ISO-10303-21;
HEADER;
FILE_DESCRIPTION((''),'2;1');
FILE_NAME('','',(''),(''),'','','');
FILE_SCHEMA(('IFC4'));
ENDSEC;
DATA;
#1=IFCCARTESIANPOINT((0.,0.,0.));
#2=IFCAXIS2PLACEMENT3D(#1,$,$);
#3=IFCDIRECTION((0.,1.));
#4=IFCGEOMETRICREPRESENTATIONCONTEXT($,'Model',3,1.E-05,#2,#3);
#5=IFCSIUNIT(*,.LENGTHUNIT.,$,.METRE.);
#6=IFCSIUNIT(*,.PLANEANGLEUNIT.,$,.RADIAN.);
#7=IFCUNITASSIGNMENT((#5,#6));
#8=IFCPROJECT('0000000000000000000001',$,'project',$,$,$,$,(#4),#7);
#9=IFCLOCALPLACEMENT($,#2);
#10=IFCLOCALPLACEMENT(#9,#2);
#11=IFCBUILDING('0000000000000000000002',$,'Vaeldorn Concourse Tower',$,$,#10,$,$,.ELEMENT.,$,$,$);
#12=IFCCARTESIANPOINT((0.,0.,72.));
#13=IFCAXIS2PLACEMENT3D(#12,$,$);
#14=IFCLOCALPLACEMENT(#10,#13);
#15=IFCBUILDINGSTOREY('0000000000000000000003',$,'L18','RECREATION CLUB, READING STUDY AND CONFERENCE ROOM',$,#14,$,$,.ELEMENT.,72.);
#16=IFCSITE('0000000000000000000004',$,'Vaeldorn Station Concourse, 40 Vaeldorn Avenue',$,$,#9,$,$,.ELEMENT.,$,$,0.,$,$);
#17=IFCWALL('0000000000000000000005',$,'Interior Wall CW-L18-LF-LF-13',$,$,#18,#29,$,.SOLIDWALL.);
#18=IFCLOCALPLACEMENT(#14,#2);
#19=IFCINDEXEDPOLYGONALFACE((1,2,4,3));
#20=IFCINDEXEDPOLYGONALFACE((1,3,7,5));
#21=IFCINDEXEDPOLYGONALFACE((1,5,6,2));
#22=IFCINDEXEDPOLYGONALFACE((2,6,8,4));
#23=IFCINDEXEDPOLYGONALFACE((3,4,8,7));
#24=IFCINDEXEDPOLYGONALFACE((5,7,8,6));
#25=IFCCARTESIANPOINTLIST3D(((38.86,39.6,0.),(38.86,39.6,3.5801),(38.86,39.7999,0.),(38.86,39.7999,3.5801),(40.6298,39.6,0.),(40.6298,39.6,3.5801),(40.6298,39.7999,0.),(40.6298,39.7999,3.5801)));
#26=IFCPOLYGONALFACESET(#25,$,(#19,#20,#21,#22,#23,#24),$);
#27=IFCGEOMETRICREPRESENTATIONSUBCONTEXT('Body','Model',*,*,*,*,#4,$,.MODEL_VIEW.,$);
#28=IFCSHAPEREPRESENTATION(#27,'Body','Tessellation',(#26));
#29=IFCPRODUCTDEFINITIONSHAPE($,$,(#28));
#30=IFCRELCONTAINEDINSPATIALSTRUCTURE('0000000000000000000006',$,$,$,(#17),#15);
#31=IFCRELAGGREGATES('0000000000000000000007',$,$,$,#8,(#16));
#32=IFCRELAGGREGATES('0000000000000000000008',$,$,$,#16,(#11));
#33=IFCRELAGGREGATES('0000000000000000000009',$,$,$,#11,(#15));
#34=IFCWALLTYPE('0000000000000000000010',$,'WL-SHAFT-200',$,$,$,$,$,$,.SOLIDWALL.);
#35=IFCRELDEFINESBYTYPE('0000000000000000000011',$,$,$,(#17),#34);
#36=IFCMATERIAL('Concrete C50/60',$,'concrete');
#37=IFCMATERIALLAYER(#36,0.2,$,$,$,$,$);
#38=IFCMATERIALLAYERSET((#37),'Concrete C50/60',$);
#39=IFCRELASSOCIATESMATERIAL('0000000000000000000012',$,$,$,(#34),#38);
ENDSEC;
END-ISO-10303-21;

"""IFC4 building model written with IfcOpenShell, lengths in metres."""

from ifc_helpers import new_model, si_unit, direction, frame, frame_2d, origin, place, context, subcontext, project, spatial, rectangle, extrude, material, layer, layer_set, type_object, element, save


model = new_model("IFC4")

# Units and contexts
model_context = context("Model", 3, precision=1e-05, world=origin(), true_north=direction((0.0, 1.0)))
body_context = subcontext(model_context, "Body", "Model", "MODEL_VIEW")
ifc_project = project(units=[si_unit("LENGTHUNIT", "METRE"), si_unit("PLANEANGLEUNIT", "RADIAN")], contexts=[model_context])

# Site, building, storey
site_placement = place(None, origin())
site = spatial("IfcSite", under=ifc_project, at=site_placement, Name="Vaeldorn Station Concourse, 40 Vaeldorn Avenue", CompositionType="ELEMENT", RefElevation=0.0)
building_placement = place(site_placement, origin())
building = spatial("IfcBuilding", under=site, at=building_placement, Name="Vaeldorn Concourse Tower", CompositionType="ELEMENT")
storey_placement = place(building_placement, frame((0.0, 0.0, 72.0)))
storey = spatial("IfcBuildingStorey", under=building, at=storey_placement, Name="L18", Description="RECREATION CLUB, READING STUDY AND CONFERENCE ROOM", CompositionType="ELEMENT", Elevation=72.0)

# Wall
ifc_material_1 = material(Name="Concrete C50/60", Category="concrete")
ifc_layer_1 = layer(ifc_material_1, 0.2)
ifc_layer_set_1 = layer_set([ifc_layer_1], Name="Concrete C50/60")
wall_type_1 = type_object("IfcWallType", Name="WL-SHAFT-200", PredefinedType="SOLIDWALL", material=ifc_layer_set_1)
wall_1_placement = place(storey_placement, frame((38.8601, 39.7, 0.0), z_axis=(0.0, 0.0, 1.0), x_axis=(1.0, 0.0, 0.0)))
element("IfcWall", 1, at=wall_1_placement, inside=storey, type_object=wall_type_1, Name="Interior Wall CW-L18-LF-LF-13", PredefinedType="SOLIDWALL", context=body_context, shape_type="SweptSolid", body=[
    extrude(rectangle(XDim=1.7698, YDim=0.2, at=frame_2d((0.8848, 0.0))), origin(), (0.0, 0.0, 1.0), 3.5801),
])

save(model, "model.ifc")
